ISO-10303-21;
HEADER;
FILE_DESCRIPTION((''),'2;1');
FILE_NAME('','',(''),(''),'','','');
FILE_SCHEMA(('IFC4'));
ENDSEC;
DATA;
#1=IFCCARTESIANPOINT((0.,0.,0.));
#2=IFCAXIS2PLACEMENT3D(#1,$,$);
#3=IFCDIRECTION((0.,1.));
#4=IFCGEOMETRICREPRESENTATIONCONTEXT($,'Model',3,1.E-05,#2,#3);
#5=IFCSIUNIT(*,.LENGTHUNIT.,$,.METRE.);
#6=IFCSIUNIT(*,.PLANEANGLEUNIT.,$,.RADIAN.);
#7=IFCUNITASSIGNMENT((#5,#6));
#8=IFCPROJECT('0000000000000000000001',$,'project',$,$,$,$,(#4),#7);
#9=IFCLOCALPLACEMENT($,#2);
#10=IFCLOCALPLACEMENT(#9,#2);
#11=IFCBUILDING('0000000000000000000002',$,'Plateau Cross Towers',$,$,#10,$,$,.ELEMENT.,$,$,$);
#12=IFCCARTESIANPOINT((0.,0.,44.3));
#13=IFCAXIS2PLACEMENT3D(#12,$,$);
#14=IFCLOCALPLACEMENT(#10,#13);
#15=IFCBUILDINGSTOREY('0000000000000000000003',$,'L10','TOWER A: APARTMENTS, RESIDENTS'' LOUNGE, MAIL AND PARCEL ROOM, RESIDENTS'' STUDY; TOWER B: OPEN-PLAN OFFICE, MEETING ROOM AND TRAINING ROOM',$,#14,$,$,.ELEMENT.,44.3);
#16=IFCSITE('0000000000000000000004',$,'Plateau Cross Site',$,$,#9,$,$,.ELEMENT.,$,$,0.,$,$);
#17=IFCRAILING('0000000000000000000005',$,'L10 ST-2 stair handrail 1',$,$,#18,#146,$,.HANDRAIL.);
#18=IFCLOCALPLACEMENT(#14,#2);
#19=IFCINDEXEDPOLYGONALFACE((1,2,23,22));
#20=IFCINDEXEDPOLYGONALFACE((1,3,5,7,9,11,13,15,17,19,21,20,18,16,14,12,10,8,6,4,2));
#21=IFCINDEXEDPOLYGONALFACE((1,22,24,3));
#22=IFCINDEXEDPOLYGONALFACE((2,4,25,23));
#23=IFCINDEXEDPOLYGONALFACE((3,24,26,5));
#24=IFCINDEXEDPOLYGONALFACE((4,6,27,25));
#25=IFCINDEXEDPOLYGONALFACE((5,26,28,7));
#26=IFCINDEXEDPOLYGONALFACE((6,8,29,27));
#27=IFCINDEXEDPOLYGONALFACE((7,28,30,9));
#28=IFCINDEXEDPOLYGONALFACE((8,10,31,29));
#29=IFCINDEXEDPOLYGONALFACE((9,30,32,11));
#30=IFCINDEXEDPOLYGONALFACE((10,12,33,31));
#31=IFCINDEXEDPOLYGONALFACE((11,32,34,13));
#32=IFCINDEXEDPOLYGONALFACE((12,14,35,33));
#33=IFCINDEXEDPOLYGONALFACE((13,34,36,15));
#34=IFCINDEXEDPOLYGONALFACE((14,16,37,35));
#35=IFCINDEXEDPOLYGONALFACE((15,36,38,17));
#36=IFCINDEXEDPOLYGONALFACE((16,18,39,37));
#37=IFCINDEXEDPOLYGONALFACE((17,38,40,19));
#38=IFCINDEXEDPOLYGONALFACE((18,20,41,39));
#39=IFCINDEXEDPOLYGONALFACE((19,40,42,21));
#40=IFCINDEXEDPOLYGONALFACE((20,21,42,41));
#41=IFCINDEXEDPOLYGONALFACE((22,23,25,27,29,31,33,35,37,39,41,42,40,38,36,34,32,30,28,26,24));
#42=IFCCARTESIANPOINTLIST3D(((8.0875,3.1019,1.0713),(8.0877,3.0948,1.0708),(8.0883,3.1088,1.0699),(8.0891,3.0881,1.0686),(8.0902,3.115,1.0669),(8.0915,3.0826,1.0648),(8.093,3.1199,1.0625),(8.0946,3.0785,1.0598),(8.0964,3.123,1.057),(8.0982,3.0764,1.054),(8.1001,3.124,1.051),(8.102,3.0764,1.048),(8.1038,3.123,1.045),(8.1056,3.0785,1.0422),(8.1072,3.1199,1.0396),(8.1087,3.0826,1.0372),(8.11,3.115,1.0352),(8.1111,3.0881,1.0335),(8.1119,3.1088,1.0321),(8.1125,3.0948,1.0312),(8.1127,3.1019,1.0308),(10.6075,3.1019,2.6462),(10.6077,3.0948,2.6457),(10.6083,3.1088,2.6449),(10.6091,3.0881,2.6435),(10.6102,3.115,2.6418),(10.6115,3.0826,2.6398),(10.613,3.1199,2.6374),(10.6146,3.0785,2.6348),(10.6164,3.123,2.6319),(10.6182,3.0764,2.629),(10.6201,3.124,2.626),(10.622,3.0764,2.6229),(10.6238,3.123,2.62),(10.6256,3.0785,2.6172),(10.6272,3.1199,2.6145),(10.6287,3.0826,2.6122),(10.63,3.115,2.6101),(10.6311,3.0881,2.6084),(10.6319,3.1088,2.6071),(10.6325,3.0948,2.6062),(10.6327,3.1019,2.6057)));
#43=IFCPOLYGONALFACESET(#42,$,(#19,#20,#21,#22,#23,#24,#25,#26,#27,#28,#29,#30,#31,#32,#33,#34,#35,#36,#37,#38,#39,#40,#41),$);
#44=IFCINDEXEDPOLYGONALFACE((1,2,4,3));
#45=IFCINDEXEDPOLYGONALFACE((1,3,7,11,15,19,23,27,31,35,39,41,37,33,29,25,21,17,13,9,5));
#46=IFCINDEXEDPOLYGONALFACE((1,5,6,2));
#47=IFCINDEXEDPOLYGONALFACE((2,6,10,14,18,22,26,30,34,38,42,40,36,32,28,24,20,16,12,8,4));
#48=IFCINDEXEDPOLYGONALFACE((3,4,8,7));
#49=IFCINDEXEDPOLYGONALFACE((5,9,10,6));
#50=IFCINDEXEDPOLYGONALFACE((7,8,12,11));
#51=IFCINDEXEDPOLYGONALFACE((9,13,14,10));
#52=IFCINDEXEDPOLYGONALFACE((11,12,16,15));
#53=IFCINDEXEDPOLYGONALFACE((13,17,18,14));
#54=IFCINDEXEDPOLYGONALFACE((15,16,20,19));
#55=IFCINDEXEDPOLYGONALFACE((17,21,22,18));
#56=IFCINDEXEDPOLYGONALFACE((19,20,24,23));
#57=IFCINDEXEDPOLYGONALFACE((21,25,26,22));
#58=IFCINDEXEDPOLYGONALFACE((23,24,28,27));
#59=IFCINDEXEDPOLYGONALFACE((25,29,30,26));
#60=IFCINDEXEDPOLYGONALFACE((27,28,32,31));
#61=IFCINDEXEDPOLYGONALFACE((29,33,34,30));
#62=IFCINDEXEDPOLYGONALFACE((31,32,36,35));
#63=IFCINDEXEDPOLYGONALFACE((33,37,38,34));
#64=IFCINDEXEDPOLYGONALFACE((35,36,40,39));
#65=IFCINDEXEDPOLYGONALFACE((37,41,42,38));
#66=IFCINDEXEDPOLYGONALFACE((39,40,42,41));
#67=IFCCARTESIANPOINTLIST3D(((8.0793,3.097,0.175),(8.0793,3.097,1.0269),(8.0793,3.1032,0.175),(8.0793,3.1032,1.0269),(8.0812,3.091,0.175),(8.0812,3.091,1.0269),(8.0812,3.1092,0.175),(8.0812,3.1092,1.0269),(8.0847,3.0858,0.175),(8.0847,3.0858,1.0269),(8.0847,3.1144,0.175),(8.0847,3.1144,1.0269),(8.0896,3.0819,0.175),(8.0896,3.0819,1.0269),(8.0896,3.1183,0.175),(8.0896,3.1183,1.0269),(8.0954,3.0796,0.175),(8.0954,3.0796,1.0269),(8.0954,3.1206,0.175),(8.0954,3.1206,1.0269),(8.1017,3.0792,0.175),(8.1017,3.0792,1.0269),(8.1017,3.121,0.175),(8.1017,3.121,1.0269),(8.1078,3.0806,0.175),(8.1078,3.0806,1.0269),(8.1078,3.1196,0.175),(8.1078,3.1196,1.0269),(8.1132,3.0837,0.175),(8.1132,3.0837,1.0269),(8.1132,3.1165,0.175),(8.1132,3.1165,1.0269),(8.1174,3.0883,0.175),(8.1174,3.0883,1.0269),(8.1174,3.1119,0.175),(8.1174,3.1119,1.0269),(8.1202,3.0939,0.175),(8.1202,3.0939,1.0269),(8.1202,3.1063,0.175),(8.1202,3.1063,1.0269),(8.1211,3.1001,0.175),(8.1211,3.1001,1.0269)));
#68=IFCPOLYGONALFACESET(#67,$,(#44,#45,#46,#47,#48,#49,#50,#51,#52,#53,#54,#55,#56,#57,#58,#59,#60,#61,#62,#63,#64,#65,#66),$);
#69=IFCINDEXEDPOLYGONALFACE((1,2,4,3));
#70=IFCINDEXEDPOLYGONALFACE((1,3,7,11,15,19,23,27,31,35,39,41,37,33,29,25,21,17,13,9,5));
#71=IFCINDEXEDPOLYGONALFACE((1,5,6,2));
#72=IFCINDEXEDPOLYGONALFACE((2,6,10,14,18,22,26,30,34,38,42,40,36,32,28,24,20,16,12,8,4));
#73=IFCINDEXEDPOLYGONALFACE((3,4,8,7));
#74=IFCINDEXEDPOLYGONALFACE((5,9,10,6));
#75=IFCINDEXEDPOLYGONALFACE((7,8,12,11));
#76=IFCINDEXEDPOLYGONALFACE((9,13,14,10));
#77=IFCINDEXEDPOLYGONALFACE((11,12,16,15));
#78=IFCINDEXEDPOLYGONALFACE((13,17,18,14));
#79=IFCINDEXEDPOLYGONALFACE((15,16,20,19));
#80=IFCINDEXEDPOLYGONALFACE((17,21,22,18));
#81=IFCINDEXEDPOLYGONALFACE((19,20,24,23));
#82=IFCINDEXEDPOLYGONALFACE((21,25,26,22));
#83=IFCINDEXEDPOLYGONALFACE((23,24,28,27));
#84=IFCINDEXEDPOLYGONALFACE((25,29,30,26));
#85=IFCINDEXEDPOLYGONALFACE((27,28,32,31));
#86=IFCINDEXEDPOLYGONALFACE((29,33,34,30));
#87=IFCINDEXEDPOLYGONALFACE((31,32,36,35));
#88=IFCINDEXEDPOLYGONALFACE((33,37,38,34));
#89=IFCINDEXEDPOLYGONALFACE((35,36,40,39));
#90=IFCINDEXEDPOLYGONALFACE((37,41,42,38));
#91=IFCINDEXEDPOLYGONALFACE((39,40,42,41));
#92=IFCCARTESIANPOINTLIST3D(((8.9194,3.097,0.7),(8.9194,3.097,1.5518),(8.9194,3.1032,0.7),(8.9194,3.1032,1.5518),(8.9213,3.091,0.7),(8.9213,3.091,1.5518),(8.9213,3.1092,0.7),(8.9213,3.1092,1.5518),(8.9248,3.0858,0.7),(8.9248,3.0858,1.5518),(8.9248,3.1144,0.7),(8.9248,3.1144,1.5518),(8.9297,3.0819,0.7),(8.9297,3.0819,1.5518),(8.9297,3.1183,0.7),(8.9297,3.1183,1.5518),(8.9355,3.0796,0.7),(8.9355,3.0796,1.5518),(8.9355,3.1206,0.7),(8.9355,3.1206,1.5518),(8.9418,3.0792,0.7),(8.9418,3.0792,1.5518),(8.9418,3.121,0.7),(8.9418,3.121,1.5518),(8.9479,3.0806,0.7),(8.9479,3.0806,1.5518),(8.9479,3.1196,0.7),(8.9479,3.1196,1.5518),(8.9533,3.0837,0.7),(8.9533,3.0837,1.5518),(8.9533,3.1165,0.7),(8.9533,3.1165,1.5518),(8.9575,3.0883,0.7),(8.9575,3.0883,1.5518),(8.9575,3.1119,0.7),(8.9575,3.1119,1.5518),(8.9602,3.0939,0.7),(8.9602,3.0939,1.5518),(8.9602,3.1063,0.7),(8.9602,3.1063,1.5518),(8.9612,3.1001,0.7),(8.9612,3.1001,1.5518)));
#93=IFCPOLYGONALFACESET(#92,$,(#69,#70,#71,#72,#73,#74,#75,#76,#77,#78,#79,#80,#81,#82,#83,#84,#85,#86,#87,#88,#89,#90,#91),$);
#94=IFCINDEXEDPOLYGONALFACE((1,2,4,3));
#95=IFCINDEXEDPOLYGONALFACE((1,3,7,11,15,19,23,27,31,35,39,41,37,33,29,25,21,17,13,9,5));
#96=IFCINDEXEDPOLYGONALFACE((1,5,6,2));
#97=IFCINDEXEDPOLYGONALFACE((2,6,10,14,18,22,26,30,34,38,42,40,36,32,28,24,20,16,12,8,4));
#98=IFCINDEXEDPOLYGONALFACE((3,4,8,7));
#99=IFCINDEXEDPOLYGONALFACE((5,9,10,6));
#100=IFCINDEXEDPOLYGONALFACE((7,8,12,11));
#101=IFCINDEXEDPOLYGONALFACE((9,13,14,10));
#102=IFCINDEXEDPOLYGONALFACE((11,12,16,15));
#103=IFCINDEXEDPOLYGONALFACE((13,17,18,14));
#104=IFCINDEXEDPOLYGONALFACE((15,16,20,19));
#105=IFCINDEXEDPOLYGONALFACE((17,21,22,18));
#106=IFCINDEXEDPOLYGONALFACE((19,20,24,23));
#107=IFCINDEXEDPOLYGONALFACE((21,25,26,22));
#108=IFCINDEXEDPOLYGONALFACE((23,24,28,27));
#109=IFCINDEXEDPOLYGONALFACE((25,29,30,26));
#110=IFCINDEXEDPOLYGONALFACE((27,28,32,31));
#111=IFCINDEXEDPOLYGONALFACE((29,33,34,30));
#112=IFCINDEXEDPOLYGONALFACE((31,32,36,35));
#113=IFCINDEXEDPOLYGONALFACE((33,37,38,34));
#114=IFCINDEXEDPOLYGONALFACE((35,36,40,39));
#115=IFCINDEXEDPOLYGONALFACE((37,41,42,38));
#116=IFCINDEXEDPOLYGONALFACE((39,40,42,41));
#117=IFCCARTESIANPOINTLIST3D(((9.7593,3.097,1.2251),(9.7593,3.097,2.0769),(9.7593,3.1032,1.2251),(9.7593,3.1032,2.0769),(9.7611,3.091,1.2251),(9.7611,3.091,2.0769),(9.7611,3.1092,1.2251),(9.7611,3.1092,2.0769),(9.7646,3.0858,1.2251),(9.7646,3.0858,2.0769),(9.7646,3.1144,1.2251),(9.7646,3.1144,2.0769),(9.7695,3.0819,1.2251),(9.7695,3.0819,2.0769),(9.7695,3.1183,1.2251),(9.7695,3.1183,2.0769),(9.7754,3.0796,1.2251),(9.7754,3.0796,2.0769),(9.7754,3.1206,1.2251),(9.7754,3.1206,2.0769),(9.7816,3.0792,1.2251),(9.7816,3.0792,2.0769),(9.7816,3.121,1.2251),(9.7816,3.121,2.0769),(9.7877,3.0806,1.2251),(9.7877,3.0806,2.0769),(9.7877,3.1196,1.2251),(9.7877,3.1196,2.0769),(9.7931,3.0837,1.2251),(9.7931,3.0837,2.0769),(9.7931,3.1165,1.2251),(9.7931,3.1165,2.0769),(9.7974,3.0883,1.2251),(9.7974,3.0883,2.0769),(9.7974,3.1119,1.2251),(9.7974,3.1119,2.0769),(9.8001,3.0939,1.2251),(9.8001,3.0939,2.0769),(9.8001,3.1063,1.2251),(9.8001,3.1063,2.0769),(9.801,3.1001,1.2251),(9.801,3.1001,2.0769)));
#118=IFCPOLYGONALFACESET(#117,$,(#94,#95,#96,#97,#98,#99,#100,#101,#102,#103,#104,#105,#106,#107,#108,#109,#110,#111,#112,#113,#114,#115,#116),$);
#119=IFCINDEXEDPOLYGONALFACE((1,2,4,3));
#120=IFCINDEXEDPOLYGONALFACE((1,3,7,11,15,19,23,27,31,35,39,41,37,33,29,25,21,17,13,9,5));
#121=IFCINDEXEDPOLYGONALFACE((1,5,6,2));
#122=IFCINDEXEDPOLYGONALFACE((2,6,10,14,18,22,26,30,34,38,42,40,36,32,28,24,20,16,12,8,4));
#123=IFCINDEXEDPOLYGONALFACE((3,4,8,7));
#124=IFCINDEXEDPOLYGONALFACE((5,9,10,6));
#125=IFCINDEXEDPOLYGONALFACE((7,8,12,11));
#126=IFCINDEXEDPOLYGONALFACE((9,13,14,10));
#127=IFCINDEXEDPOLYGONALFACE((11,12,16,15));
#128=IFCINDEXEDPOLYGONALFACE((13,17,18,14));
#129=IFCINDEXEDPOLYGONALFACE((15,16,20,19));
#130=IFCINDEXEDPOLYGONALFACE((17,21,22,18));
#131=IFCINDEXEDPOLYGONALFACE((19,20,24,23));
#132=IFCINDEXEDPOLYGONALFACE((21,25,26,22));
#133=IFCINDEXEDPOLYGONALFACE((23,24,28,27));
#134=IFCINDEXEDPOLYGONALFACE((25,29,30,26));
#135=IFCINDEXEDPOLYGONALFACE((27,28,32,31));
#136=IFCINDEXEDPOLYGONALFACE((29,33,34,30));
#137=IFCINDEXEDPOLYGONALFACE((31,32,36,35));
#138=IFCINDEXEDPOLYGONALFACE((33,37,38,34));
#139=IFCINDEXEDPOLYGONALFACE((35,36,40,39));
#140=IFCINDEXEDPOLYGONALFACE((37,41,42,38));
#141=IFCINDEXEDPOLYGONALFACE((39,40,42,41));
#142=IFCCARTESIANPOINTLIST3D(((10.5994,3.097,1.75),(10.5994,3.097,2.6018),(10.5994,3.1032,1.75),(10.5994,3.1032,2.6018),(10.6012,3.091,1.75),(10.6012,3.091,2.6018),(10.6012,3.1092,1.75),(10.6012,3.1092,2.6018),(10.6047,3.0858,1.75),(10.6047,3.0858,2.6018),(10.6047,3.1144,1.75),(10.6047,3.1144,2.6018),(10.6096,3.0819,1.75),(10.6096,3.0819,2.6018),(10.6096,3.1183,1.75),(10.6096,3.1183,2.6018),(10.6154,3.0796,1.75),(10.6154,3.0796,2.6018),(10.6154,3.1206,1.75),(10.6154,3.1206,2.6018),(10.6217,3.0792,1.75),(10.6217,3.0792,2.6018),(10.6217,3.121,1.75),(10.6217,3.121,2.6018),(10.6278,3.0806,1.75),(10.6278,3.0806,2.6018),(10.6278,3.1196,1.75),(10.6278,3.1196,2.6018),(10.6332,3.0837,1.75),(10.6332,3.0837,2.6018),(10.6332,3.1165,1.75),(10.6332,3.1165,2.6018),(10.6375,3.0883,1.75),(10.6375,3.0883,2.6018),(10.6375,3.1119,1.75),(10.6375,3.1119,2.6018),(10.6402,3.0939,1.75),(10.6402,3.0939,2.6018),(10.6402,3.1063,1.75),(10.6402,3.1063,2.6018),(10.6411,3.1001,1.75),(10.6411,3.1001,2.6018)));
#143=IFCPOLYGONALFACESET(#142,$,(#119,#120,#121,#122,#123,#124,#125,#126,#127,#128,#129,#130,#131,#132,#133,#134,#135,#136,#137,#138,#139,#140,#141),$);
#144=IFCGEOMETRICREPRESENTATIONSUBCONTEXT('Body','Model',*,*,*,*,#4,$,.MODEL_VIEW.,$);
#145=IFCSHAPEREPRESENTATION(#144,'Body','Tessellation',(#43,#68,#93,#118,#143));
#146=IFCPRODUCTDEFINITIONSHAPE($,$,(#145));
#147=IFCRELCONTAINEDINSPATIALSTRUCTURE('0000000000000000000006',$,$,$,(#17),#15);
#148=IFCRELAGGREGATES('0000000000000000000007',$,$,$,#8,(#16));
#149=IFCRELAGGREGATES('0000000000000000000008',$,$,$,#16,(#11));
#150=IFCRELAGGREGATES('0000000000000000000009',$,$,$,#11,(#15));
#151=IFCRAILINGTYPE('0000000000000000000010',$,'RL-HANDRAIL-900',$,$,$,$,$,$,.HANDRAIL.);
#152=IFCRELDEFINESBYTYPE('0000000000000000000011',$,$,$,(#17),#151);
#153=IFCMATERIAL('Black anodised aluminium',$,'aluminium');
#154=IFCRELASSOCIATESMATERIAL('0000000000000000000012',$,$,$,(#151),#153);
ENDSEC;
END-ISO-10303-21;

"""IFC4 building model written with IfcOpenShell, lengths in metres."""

from ifc_helpers import new_model, si_unit, direction, frame, origin, origin_2d, place, context, subcontext, project, spatial, circle, extrude, material, type_object, element, save


model = new_model("IFC4")

# Units and contexts
model_context = context("Model", 3, precision=1e-05, world=origin(), true_north=direction((0.0, 1.0)))
body_context = subcontext(model_context, "Body", "Model", "MODEL_VIEW")
ifc_project = project(units=[si_unit("LENGTHUNIT", "METRE"), si_unit("PLANEANGLEUNIT", "RADIAN")], contexts=[model_context])

# Site, building, storey
site_placement = place(None, origin())
site = spatial("IfcSite", under=ifc_project, at=site_placement, Name="Plateau Cross Site", CompositionType="ELEMENT", RefElevation=0.0)
building_placement = place(site_placement, origin())
building = spatial("IfcBuilding", under=site, at=building_placement, Name="Plateau Cross Towers", CompositionType="ELEMENT")
storey_placement = place(building_placement, frame((0.0, 0.0, 44.3)))
storey = spatial("IfcBuildingStorey", under=building, at=storey_placement, Name="L10", Description="TOWER A: APARTMENTS, RESIDENTS' LOUNGE, MAIL AND PARCEL ROOM, RESIDENTS' STUDY; TOWER B: OPEN-PLAN OFFICE, MEETING ROOM AND TRAINING ROOM", CompositionType="ELEMENT", Elevation=44.3)

# Shared definitions
ifc_material_1 = material(Name="Black anodised aluminium", Category="aluminium")

# Railing
railing_type_1 = type_object("IfcRailingType", Name="RL-HANDRAIL-900", PredefinedType="HANDRAIL", material=ifc_material_1)
railing_placement = place(storey_placement, frame((8.1001, 3.1001, 0.175)))
element("IfcRailing", 1, at=railing_placement, inside=storey, type_object=railing_type_1, Name="L10 ST-2 stair handrail 1", PredefinedType="HANDRAIL", context=body_context, shape_type="SweptSolid", body=[
    extrude(circle(Radius=0.0239, at=origin_2d()), frame((0.0, 0.0, 0.876), z_axis=(0.848008, 0.0, 0.529984), x_axis=(0.0, 1.0, 0.0)), (0.0, 0.0, 1.0), 2.9717),
    extrude(circle(Radius=0.021, at=origin_2d()), origin(), (0.0, 0.0, 1.0), 0.8518),
    extrude(circle(Radius=0.021, at=origin_2d()), frame((0.8401, 0.0, 0.5249)), (0.0, 0.0, 1.0), 0.8518),
    extrude(circle(Radius=0.021, at=origin_2d()), frame((1.6799, 0.0, 1.05)), (0.0, 0.0, 1.0), 0.8518),
    extrude(circle(Radius=0.021, at=origin_2d()), frame((2.52, 0.0, 1.575)), (0.0, 0.0, 1.0), 0.8518),
])

save(model, "model.ifc")
